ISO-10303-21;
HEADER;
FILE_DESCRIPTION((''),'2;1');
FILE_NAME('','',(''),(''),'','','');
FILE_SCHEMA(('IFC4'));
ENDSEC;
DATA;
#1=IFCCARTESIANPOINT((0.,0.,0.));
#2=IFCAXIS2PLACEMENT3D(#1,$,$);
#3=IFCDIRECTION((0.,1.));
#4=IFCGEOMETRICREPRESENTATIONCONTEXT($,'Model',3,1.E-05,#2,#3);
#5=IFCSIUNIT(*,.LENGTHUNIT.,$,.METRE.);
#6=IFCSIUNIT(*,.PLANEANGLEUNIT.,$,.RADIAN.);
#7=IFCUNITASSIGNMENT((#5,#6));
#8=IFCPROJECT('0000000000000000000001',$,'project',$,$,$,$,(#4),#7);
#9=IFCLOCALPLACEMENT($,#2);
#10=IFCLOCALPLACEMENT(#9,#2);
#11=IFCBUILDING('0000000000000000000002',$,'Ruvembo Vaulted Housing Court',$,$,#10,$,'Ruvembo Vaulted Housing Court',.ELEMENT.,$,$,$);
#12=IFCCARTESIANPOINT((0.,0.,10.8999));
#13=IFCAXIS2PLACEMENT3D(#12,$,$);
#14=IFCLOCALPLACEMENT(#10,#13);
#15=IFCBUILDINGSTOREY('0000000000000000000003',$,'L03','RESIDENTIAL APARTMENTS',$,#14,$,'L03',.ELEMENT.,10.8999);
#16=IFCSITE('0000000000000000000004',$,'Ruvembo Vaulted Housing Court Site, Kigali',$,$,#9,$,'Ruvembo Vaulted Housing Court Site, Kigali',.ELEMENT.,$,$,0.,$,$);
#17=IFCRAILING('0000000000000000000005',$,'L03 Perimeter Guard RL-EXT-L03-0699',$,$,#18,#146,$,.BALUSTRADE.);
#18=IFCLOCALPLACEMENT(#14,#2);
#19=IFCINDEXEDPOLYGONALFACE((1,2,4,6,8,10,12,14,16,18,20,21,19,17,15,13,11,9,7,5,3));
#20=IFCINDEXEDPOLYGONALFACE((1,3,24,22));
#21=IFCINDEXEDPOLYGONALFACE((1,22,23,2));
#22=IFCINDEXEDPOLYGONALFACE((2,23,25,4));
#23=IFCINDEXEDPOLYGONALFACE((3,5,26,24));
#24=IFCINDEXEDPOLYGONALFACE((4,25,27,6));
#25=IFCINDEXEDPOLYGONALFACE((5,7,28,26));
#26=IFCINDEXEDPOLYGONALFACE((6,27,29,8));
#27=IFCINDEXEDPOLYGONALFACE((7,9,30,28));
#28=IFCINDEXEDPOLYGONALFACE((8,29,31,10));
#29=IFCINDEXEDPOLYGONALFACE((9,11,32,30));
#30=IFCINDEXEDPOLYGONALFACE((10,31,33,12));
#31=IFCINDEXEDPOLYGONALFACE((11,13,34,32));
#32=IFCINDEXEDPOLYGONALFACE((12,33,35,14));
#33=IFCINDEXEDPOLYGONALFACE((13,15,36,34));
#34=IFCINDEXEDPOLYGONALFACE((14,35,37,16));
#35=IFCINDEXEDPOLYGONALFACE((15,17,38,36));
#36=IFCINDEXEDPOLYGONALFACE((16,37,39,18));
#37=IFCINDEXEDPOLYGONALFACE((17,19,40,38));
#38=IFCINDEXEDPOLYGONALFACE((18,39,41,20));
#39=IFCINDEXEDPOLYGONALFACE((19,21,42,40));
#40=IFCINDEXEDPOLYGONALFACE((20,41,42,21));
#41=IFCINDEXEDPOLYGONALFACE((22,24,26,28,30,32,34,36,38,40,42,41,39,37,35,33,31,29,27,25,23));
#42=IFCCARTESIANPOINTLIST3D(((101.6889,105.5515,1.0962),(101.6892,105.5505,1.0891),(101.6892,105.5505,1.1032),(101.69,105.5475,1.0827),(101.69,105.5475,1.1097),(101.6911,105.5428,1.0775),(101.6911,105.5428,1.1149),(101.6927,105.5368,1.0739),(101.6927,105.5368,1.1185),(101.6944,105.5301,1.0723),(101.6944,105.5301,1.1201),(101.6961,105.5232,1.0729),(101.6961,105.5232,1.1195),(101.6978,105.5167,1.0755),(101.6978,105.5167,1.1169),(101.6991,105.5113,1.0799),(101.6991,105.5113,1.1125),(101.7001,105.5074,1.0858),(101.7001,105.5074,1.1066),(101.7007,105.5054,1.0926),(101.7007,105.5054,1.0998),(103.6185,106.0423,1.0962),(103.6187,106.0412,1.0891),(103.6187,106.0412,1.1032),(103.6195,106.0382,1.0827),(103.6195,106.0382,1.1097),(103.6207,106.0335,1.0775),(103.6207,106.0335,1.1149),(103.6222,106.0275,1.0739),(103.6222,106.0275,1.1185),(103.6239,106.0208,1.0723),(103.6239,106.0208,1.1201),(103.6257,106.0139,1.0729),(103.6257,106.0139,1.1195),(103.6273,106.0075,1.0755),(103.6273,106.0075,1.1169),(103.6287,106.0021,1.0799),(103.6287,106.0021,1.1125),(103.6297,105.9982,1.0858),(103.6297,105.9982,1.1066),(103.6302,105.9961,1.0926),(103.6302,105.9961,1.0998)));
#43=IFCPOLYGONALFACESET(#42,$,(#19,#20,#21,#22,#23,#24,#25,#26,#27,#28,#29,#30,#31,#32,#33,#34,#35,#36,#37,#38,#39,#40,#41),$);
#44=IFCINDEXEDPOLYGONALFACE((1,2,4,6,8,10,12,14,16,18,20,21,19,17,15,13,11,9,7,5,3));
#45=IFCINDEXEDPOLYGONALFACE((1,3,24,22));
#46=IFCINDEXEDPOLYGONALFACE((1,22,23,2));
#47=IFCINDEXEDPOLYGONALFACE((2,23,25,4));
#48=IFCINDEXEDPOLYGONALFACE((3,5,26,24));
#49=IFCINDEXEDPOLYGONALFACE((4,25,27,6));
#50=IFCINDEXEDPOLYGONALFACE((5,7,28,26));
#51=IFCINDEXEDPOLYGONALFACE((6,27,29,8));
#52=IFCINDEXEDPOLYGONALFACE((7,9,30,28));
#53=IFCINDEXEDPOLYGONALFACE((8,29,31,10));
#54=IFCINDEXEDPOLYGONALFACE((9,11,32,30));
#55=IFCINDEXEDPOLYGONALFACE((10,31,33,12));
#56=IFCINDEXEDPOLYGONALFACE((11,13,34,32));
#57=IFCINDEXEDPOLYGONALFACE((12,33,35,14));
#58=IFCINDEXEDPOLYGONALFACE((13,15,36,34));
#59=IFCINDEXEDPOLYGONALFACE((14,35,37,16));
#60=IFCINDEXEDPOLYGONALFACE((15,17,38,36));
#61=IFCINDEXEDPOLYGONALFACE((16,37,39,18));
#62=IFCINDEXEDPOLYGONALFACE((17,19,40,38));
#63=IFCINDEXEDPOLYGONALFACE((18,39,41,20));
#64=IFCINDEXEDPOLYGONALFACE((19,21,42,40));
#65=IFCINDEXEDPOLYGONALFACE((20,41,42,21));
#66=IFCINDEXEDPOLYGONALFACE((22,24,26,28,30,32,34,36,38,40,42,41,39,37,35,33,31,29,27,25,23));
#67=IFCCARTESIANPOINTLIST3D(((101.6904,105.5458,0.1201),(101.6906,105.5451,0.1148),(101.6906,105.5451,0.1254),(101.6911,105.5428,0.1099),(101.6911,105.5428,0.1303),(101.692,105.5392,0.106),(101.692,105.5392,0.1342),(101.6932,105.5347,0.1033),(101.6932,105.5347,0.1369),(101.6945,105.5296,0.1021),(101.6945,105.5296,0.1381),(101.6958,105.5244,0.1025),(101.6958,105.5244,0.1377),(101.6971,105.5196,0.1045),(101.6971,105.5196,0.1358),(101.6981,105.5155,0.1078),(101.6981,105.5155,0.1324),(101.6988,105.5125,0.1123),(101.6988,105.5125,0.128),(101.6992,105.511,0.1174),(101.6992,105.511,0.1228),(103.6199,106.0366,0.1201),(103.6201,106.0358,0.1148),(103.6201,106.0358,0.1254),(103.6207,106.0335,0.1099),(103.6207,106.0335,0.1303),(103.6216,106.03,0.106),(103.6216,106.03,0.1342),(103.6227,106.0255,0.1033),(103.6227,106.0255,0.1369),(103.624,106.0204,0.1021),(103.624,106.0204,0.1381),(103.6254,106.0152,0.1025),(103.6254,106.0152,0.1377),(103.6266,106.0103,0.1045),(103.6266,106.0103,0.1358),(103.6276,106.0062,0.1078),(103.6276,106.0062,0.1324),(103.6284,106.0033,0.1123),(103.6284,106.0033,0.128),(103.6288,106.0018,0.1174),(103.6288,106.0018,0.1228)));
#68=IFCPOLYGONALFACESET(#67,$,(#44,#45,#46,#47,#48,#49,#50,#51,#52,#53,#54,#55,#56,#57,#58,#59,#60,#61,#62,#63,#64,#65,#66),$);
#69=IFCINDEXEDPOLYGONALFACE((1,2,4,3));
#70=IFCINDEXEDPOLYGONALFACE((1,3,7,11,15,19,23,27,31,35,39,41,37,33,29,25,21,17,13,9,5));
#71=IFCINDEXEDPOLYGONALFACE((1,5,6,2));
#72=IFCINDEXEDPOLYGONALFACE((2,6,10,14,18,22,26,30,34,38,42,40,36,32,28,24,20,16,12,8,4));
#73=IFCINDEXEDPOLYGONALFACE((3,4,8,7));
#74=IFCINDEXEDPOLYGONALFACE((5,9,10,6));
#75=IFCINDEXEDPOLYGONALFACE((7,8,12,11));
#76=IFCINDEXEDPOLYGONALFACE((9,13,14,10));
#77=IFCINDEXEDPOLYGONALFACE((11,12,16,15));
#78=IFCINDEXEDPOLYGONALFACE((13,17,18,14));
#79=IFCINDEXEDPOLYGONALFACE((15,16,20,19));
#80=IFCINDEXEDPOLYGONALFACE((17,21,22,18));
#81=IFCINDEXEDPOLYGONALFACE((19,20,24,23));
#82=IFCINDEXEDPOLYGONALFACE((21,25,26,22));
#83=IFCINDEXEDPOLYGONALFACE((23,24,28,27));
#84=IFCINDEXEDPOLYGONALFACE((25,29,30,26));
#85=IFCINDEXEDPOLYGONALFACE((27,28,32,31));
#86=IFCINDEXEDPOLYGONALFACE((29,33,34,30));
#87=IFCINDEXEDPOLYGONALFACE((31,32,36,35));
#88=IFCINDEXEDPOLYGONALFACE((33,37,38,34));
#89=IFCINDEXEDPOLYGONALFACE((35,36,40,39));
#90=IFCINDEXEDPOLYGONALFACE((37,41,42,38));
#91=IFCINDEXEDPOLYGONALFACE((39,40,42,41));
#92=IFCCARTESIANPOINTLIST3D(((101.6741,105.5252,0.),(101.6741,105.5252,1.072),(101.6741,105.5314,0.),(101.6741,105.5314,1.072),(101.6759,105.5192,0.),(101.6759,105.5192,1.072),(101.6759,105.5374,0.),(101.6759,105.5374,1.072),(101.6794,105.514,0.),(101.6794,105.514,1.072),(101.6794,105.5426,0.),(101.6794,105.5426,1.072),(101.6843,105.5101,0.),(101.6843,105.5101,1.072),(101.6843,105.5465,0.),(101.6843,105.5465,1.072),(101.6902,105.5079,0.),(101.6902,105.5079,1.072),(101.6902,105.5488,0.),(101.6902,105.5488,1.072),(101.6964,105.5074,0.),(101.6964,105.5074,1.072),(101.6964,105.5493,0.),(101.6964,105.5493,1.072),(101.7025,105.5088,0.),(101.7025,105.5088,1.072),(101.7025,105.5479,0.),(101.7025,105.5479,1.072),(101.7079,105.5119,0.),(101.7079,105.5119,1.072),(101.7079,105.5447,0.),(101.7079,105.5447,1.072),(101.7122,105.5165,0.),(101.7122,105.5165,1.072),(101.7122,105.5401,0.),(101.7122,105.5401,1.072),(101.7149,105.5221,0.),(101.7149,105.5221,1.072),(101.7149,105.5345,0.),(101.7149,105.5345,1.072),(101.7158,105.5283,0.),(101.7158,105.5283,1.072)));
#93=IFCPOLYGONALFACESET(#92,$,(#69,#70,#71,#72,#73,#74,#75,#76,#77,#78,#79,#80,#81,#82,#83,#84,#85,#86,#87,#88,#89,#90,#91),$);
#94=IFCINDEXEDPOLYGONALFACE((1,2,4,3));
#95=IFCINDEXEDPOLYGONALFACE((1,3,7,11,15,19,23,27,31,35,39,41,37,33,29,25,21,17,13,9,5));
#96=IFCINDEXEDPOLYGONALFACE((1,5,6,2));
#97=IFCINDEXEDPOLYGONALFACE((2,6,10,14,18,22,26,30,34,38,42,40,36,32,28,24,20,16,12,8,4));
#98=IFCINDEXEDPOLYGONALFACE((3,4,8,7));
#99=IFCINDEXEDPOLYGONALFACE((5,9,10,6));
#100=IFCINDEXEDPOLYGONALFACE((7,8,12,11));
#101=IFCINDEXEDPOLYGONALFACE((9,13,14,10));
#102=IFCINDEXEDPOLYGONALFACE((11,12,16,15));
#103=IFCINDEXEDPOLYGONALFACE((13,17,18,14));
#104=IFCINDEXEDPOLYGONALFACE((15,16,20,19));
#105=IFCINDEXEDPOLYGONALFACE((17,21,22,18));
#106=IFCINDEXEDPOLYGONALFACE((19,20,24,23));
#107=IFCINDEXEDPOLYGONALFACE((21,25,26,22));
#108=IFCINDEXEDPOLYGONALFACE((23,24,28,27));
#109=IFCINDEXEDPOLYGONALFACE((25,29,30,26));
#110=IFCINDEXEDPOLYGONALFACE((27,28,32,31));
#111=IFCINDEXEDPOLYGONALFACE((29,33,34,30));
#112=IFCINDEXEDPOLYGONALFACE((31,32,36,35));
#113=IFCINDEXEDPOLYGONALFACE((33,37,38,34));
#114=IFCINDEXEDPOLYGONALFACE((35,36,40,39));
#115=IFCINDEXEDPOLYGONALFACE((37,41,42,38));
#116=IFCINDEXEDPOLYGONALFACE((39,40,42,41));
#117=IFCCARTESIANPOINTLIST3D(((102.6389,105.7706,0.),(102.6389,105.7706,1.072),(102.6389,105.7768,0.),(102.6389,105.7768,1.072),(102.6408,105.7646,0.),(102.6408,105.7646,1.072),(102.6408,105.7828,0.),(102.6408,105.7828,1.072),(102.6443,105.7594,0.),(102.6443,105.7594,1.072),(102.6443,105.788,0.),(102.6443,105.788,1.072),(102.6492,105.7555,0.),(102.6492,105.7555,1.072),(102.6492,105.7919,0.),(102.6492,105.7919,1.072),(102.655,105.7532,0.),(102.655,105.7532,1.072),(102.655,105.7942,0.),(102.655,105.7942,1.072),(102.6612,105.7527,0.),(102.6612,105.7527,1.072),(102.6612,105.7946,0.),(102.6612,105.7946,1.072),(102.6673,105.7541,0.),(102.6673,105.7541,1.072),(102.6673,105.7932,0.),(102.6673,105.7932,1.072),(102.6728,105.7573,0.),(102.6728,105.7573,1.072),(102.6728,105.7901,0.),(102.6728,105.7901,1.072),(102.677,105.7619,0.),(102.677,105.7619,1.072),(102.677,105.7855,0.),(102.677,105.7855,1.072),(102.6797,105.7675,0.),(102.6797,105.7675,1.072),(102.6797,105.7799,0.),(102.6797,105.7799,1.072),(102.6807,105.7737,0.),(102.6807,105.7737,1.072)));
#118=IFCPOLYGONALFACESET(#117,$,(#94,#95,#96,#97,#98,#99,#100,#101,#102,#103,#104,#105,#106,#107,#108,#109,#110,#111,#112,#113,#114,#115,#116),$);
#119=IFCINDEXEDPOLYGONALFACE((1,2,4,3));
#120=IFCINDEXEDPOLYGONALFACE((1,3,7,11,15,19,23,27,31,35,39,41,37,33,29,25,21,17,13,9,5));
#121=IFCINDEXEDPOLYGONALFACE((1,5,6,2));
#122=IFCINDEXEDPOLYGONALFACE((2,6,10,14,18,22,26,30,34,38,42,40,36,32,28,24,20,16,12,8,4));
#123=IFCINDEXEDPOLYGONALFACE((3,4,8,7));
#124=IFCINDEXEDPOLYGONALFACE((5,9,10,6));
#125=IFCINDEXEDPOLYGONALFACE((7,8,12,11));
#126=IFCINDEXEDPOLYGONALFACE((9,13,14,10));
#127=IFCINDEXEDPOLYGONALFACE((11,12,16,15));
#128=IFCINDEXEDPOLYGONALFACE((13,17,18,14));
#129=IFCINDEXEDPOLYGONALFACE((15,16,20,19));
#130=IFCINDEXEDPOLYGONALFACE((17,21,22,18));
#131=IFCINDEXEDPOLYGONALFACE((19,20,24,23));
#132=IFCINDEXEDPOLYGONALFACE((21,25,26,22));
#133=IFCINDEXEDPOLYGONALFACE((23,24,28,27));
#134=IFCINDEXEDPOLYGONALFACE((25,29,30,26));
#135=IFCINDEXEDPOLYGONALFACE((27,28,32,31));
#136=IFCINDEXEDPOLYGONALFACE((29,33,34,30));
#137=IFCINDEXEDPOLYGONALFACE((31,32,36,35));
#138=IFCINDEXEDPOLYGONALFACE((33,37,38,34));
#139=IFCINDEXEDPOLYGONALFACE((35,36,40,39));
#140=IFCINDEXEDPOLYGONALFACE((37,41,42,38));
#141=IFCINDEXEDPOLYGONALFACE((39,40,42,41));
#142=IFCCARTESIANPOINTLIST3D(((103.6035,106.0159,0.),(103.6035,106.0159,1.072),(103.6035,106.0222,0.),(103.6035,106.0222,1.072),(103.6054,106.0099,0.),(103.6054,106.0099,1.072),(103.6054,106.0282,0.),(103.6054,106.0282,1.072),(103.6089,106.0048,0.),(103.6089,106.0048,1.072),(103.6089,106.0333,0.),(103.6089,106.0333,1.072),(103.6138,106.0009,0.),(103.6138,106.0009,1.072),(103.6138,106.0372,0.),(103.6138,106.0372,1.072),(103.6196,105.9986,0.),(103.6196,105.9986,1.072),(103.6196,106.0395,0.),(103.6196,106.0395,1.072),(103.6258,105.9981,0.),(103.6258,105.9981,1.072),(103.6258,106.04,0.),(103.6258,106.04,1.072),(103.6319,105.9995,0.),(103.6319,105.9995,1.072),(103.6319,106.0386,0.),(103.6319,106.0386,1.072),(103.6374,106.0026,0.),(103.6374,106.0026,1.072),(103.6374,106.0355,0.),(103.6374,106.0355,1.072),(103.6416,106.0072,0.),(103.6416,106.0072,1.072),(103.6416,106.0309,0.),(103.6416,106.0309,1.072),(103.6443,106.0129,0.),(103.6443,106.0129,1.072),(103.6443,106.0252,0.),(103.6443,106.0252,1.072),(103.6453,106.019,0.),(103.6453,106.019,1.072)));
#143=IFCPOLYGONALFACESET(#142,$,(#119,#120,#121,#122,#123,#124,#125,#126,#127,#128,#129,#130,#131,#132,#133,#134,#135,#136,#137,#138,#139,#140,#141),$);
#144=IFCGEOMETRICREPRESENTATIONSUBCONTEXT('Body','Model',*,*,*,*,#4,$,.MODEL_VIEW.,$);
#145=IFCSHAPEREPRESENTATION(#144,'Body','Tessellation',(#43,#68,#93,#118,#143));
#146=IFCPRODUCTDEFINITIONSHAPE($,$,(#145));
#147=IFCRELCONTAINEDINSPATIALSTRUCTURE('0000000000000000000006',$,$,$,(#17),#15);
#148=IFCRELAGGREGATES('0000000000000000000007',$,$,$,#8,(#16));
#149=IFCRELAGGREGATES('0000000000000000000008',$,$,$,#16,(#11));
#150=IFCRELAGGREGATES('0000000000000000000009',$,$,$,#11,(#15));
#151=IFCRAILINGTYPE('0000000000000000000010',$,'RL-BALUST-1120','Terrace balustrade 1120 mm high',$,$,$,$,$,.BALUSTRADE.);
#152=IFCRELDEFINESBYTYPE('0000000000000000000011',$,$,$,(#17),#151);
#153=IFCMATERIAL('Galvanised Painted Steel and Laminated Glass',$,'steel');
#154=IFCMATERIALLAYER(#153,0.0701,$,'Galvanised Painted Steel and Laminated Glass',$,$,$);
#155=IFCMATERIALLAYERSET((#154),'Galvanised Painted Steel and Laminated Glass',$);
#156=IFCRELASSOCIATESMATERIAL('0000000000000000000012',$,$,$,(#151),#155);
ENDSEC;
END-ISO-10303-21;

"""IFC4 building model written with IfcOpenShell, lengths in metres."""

from ifc_helpers import new_model, si_unit, direction, frame, origin, origin_2d, place, context, subcontext, project, spatial, circle, extrude, material, layer, layer_set, type_object, element, save


model = new_model("IFC4")

# Units and contexts
model_context = context("Model", 3, precision=1e-05, world=origin(), true_north=direction((0.0, 1.0)))
body_context = subcontext(model_context, "Body", "Model", "MODEL_VIEW")
ifc_project = project(units=[si_unit("LENGTHUNIT", "METRE"), si_unit("PLANEANGLEUNIT", "RADIAN")], contexts=[model_context])

# Site, building, storey
site_placement = place(None, origin())
site = spatial("IfcSite", under=ifc_project, at=site_placement, Name="Ruvembo Vaulted Housing Court Site, Kigali", LongName="Ruvembo Vaulted Housing Court Site, Kigali", CompositionType="ELEMENT", RefElevation=0.0)
building_placement = place(site_placement, origin())
building = spatial("IfcBuilding", under=site, at=building_placement, Name="Ruvembo Vaulted Housing Court", LongName="Ruvembo Vaulted Housing Court", CompositionType="ELEMENT")
storey_placement = place(building_placement, frame((0.0, 0.0, 10.8999)))
storey = spatial("IfcBuildingStorey", under=building, at=storey_placement, Name="L03", Description="RESIDENTIAL APARTMENTS", LongName="L03", CompositionType="ELEMENT", Elevation=10.8999)

# Railing
ifc_material_1 = material(Name="Galvanised Painted Steel and Laminated Glass", Category="steel")
ifc_layer_1 = layer(ifc_material_1, 0.0701, Name="Galvanised Painted Steel and Laminated Glass")
ifc_layer_set_1 = layer_set([ifc_layer_1], Name="Galvanised Painted Steel and Laminated Glass")
railing_type = type_object("IfcRailingType", Name="RL-BALUST-1120", Description="Terrace balustrade 1120 mm high", PredefinedType="BALUSTRADE", material=ifc_layer_set_1)
railing_1_placement = place(storey_placement, frame((101.6948, 105.5283, 0.0)))
element("IfcRailing", 1, at=railing_1_placement, inside=storey, type_object=railing_type, Name="L03 Perimeter Guard RL-EXT-L03-0699", PredefinedType="BALUSTRADE", context=body_context, shape_type="SweptSolid", body=[
    extrude(circle(Radius=0.0239, at=origin_2d()), frame((0.0, 0.0, 1.0962), z_axis=(0.969146, 0.246487, 0.0), x_axis=(-0.246487, 0.969146, 0.0)), (0.0, 0.0, 1.0), 1.991),
    extrude(circle(Radius=0.0181, at=origin_2d()), frame((0.0, 0.0, 0.1201), z_axis=(0.969146, 0.246487, 0.0), x_axis=(-0.246487, 0.969146, 0.0)), (0.0, 0.0, 1.0), 1.991),
    extrude(circle(Radius=0.021, at=origin_2d()), origin(), (0.0, 0.0, 1.0), 1.072),
    extrude(circle(Radius=0.021, at=origin_2d()), frame((0.9648, 0.2454, 0.0)), (0.0, 0.0, 1.0), 1.072),
    extrude(circle(Radius=0.021, at=origin_2d()), frame((1.9294, 0.4907, 0.0)), (0.0, 0.0, 1.0), 1.072),
])

save(model, "model.ifc")
